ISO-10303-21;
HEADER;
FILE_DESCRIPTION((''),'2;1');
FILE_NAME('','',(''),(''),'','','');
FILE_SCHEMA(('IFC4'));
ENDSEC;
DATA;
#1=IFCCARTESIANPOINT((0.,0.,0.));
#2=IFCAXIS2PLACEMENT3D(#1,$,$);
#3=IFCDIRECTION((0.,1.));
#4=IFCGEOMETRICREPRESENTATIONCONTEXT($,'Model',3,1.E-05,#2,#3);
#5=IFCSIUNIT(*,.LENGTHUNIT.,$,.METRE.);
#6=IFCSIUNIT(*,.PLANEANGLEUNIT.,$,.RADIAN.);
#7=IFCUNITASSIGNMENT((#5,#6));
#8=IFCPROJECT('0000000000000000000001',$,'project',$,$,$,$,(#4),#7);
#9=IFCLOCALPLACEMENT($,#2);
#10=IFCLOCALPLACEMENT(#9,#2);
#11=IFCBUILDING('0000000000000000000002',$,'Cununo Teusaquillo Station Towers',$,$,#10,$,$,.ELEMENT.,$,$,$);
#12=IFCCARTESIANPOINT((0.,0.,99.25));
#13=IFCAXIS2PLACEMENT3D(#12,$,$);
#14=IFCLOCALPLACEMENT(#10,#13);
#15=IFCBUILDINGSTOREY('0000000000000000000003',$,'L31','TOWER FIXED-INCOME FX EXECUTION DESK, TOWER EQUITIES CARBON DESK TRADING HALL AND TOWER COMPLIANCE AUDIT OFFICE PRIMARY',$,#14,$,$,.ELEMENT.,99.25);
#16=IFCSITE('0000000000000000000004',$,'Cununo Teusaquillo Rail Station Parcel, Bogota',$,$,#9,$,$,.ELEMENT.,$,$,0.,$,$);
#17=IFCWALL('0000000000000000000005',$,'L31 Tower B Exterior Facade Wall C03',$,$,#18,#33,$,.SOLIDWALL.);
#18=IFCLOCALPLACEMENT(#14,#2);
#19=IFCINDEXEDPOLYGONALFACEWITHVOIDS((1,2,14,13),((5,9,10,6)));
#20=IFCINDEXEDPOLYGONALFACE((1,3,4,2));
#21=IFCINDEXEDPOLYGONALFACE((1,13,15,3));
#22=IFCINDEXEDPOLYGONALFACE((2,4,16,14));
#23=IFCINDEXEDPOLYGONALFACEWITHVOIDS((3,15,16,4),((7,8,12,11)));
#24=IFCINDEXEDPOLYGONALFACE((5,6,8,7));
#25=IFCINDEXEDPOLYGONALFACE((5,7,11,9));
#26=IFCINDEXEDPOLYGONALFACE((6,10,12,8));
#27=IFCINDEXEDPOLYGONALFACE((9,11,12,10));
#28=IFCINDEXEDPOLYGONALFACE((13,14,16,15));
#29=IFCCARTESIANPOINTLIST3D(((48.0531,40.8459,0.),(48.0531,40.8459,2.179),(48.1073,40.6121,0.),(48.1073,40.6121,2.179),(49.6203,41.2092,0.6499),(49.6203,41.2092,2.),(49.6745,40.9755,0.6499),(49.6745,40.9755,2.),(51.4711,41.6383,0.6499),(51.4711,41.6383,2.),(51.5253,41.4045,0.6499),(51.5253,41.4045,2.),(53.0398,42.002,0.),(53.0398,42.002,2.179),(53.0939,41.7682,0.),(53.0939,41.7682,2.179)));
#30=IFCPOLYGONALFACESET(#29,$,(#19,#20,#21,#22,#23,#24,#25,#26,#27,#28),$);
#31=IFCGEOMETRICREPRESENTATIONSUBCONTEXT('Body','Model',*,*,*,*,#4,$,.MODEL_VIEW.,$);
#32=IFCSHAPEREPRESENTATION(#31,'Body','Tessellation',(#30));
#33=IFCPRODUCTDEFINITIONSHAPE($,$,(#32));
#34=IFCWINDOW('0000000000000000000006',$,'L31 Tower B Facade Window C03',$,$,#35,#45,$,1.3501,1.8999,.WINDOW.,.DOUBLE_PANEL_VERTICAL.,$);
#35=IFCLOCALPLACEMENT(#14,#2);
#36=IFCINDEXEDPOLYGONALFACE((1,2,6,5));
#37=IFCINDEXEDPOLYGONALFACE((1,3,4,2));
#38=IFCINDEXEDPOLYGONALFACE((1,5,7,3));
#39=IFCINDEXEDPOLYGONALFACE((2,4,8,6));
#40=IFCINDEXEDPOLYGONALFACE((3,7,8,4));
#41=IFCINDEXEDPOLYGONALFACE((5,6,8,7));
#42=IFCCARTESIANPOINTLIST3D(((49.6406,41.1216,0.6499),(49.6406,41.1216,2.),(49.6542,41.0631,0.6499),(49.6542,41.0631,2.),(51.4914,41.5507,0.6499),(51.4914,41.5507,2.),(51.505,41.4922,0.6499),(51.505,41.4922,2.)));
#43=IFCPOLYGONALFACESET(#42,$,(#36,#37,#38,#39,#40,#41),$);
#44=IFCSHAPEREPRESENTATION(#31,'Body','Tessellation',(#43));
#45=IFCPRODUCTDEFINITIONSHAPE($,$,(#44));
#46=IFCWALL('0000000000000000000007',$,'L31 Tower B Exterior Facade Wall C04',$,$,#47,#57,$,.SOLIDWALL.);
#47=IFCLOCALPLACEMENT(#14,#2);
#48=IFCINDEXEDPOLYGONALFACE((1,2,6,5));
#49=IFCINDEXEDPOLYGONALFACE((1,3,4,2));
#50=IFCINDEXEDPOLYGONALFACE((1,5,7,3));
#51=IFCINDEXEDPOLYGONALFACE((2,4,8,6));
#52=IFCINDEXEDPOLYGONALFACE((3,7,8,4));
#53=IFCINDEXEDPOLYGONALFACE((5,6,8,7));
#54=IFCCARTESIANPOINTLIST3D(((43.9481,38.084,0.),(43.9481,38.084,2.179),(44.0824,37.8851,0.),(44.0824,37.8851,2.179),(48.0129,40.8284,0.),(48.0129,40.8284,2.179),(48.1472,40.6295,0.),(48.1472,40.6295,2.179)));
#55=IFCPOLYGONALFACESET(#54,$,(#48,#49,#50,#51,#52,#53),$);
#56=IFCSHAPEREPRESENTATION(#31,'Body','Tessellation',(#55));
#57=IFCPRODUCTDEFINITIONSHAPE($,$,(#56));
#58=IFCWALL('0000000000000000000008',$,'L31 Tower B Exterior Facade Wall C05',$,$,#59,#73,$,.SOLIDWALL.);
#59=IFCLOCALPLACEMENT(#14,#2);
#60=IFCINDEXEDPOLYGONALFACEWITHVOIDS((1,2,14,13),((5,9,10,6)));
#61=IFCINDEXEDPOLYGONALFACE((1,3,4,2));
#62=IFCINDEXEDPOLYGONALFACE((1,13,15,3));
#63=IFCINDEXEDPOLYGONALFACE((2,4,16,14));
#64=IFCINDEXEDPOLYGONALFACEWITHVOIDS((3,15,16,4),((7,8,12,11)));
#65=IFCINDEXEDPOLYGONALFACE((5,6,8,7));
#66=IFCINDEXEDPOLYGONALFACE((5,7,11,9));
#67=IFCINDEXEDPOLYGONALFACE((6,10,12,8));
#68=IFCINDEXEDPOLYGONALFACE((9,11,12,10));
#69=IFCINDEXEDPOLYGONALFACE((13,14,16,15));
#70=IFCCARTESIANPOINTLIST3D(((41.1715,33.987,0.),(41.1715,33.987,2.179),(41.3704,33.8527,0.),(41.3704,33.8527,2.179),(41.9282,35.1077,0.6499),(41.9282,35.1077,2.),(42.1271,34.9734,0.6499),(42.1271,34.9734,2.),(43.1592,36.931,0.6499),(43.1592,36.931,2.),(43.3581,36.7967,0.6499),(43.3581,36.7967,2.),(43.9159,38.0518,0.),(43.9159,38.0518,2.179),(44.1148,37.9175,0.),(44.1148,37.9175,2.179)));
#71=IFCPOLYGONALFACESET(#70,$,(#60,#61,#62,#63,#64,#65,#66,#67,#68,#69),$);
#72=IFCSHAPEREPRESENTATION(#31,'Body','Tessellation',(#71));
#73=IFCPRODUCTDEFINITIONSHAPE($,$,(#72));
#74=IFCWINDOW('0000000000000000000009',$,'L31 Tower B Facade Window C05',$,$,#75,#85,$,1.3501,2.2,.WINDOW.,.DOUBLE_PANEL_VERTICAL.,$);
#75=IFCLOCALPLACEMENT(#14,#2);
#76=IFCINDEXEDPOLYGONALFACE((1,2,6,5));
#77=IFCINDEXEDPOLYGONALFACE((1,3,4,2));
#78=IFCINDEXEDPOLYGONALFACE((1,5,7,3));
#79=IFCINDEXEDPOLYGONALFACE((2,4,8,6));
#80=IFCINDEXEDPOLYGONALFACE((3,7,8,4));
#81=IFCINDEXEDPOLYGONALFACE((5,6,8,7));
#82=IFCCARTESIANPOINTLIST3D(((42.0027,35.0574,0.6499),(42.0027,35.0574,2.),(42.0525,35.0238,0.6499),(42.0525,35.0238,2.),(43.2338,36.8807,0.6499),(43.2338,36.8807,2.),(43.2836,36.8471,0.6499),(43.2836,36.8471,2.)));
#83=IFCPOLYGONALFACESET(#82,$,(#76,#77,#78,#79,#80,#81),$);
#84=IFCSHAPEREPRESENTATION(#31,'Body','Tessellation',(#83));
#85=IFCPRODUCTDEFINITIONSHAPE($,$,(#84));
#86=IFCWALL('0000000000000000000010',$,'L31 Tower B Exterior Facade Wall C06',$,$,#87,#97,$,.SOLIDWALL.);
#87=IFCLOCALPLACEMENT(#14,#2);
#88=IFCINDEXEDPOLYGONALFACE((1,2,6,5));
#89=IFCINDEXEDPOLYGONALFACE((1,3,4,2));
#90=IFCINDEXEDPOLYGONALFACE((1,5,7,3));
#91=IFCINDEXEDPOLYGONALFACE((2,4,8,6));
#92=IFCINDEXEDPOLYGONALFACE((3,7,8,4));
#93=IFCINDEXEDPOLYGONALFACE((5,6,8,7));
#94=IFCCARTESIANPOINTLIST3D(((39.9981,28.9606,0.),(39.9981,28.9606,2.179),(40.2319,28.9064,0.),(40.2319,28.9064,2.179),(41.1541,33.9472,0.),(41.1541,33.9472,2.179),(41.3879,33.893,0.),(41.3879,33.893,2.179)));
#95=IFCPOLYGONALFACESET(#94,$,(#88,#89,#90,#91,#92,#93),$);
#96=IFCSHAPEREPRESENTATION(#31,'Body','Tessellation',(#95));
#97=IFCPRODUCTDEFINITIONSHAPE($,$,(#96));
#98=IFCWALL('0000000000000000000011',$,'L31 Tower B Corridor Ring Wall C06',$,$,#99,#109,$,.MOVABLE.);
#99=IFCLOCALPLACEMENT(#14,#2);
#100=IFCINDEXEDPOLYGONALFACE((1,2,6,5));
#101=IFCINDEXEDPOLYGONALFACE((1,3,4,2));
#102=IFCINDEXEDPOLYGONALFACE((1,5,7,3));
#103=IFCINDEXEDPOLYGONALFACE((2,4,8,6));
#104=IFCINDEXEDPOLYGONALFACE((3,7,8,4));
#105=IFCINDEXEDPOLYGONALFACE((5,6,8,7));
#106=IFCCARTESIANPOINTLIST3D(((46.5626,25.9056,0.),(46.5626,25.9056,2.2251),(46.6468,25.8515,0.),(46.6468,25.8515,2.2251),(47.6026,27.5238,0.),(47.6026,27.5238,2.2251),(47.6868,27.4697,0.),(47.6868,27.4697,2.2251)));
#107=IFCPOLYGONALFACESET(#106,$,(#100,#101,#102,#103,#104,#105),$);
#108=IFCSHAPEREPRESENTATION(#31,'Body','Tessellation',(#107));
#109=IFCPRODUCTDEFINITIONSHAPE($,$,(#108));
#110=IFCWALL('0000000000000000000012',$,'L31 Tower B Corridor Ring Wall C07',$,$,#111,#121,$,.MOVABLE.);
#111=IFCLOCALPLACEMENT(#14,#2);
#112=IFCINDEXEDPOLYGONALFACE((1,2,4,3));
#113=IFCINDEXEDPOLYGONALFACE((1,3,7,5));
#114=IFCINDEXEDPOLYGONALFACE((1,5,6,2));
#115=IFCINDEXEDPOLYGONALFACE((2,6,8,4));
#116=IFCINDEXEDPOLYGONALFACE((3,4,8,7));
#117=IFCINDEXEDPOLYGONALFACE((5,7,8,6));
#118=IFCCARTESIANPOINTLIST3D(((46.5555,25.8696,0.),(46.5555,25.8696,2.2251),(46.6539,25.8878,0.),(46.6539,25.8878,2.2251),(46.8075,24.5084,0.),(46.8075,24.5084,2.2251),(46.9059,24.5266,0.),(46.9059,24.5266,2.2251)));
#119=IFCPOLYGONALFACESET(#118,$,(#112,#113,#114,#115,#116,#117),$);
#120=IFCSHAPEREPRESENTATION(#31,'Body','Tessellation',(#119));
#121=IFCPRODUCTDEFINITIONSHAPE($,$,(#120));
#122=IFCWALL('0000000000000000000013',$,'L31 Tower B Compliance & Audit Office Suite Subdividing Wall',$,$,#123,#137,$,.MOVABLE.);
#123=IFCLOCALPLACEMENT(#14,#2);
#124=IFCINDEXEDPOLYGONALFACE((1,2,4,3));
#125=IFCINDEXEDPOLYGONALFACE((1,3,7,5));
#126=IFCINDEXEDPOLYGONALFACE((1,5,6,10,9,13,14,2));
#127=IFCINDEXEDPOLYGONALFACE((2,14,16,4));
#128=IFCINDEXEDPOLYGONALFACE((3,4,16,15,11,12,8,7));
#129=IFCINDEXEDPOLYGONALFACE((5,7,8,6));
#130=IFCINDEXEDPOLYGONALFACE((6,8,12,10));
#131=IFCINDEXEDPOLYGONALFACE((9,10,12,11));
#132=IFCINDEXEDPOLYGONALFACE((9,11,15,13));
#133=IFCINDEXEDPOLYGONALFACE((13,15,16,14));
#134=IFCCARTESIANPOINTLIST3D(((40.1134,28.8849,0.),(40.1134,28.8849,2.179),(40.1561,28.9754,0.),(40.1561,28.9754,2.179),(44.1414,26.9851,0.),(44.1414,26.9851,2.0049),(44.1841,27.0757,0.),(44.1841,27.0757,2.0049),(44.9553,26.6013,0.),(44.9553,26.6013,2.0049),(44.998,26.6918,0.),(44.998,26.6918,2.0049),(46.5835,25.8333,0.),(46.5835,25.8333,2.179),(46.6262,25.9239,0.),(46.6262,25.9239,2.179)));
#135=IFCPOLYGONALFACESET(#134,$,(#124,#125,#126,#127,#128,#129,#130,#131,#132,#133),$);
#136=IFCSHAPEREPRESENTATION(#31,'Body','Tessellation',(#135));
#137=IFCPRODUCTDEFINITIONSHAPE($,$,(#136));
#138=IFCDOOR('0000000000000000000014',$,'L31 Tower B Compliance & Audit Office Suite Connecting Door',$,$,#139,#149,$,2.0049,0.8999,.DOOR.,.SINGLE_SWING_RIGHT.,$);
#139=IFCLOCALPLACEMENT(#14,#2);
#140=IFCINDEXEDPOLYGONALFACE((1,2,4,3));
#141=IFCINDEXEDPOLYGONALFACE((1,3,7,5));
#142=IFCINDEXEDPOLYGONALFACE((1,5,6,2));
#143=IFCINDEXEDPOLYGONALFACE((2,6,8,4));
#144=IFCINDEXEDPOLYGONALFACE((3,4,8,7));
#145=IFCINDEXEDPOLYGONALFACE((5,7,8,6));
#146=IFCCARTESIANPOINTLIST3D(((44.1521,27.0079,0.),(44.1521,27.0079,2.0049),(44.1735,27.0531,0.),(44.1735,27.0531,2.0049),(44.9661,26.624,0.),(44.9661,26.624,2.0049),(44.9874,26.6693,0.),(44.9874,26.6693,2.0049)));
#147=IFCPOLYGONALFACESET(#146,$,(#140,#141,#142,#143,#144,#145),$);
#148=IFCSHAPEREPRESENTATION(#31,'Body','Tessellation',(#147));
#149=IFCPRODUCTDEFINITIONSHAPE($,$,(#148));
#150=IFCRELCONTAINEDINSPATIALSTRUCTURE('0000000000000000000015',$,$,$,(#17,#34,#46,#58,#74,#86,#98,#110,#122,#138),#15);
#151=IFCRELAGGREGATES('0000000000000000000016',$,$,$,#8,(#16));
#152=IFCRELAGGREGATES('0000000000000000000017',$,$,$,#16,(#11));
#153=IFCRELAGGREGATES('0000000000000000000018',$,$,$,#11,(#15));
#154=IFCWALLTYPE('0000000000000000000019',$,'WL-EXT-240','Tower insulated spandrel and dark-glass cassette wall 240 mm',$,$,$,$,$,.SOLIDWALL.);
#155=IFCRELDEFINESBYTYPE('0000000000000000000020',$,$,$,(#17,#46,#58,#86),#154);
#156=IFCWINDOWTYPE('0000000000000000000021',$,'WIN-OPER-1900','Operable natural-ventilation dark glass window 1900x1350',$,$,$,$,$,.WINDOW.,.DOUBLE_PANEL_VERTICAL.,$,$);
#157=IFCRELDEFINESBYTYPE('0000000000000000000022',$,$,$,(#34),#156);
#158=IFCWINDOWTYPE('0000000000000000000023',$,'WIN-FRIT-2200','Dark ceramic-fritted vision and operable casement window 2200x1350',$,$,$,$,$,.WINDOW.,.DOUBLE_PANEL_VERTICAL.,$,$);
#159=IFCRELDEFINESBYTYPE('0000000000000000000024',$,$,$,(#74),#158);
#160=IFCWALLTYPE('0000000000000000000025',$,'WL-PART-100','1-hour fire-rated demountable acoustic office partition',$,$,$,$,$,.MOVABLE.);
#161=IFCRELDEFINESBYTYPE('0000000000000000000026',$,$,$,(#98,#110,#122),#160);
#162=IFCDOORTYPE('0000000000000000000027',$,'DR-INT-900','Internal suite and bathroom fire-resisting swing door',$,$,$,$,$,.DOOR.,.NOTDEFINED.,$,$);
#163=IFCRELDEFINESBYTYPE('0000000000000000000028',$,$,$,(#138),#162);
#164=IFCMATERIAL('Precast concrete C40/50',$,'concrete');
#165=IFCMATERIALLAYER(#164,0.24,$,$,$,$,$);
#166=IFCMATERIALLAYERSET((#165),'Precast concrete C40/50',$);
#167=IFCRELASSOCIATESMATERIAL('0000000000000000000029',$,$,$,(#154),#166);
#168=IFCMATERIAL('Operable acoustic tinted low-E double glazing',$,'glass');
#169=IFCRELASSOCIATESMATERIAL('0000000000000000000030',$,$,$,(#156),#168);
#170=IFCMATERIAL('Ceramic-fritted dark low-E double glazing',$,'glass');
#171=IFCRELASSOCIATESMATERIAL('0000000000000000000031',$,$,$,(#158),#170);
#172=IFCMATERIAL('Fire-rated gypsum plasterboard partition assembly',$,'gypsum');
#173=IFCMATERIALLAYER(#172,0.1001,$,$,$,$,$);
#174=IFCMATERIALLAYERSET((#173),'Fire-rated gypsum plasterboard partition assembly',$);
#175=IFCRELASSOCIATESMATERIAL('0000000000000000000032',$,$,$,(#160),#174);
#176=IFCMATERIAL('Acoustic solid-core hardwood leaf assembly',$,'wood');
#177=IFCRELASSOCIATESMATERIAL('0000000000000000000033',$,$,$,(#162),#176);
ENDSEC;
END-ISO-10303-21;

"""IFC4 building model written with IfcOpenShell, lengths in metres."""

from ifc_helpers import new_model, si_unit, direction, frame, frame_2d, origin, place, context, subcontext, project, spatial, rectangle, extrude, source, transform, mapped, material, layer, layer_set, type_object, element, fill, save


model = new_model("IFC4")

# Units and contexts
model_context = context("Model", 3, precision=1e-05, world=origin(), true_north=direction((0.0, 1.0)))
body_context = subcontext(model_context, "Body", "Model", "MODEL_VIEW")
ifc_project = project(units=[si_unit("LENGTHUNIT", "METRE"), si_unit("PLANEANGLEUNIT", "RADIAN")], contexts=[model_context])

# Site, building, storey
site_placement = place(None, origin())
site = spatial("IfcSite", under=ifc_project, at=site_placement, Name="Cununo Teusaquillo Rail Station Parcel, Bogota", CompositionType="ELEMENT", RefElevation=0.0)
building_placement = place(site_placement, origin())
building = spatial("IfcBuilding", under=site, at=building_placement, Name="Cununo Teusaquillo Station Towers", CompositionType="ELEMENT")
storey_placement = place(building_placement, frame((0.0, 0.0, 99.25)))
storey = spatial("IfcBuildingStorey", under=building, at=storey_placement, Name="L31", Description="TOWER FIXED-INCOME FX EXECUTION DESK, TOWER EQUITIES CARBON DESK TRADING HALL AND TOWER COMPLIANCE AUDIT OFFICE PRIMARY", CompositionType="ELEMENT", Elevation=99.25)

# Wall, opening, window
ifc_material_1 = material(Name="Precast concrete C40/50", Category="concrete")
ifc_layer_1 = layer(ifc_material_1, 0.24)
ifc_layer_set_1 = layer_set([ifc_layer_1], Name="Precast concrete C40/50")
wall_type_1 = type_object("IfcWallType", Name="WL-EXT-240", Description="Tower insulated spandrel and dark-glass cassette wall 240 mm", PredefinedType="SOLIDWALL", material=ifc_layer_set_1)
wall_1_placement = place(storey_placement, frame((48.0801, 40.729, 0.0), z_axis=(0.0, 0.0, 1.0), x_axis=(0.974166, 0.225835, 0.0)))
wall_1 = element("IfcWall", 1, at=wall_1_placement, inside=storey, type_object=wall_type_1, Name="L31 Tower B Exterior Facade Wall C03", PredefinedType="SOLIDWALL", context=body_context, shape_type="SweptSolid", body=[
    extrude(rectangle(XDim=5.1189, YDim=0.24, at=frame_2d((2.5596, 0.0))), origin(), (0.0, 0.0, 1.0), 2.179),
])
shared_shape_1 = source(origin(), body_context, "Body", "SweptSolid", [
    extrude(rectangle(XDim=1.8999, YDim=1.3501, at=frame_2d((0.95, 0.675))), frame((0.0, 0.1299, 0.0), z_axis=(0.0, -1.0, 0.0), x_axis=(1.0, 0.0, 0.0)), (0.0, 0.0, 1.0), 0.26),
])
opening_1_placement = place(wall_1_placement, frame((1.6089, 0.0, 0.6499)))
opening_1 = element("IfcOpeningElement", 2, at=opening_1_placement, cuts=wall_1, PredefinedType="OPENING", context=body_context, shape_type="MappedRepresentation", body=[
    mapped(shared_shape_1, transform((0.0, 0.0, 0.0), x_axis=(1.0, 0.0, 0.0), y_axis=(0.0, 1.0, 0.0), z_axis=(0.0, 0.0, 1.0), scale=1.0)),
])
ifc_material_2 = material(Name="Operable acoustic tinted low-E double glazing", Category="glass")
window_type_1 = type_object("IfcWindowType", Name="WIN-OPER-1900", Description="Operable natural-ventilation dark glass window 1900x1350", PartitioningType="DOUBLE_PANEL_VERTICAL", PredefinedType="WINDOW", material=ifc_material_2)
shared_shape_2 = source(origin(), body_context, "Body", "SweptSolid", [
    extrude(rectangle(XDim=1.8999, YDim=1.3501, at=frame_2d((0.95, 0.675))), frame((0.0, 0.03, 0.0), z_axis=(0.0, -1.0, 0.0), x_axis=(1.0, 0.0, 0.0)), (0.0, 0.0, 1.0), 0.0601),
])
window_1_placement = place(opening_1_placement, origin())
window_1 = element("IfcWindow", 3, at=window_1_placement, inside=storey, type_object=window_type_1, Name="L31 Tower B Facade Window C03", OverallHeight=1.3501, OverallWidth=1.8999, PartitioningType="DOUBLE_PANEL_VERTICAL", PredefinedType="WINDOW", context=body_context, shape_type="MappedRepresentation", body=[
    mapped(shared_shape_2, transform((0.0, 0.0, 0.0), x_axis=(1.0, 0.0, 0.0), y_axis=(0.0, 1.0, 0.0), z_axis=(0.0, 0.0, 1.0), scale=1.0)),
])
fill(opening_1, window_1)

# Wall
wall_2_placement = place(storey_placement, frame((44.0154, 37.9846, 0.0), z_axis=(0.0, 0.0, 1.0), x_axis=(0.828781, 0.559573, 0.0)))
element("IfcWall", 4, at=wall_2_placement, inside=storey, type_object=wall_type_1, Name="L31 Tower B Exterior Facade Wall C04", PredefinedType="SOLIDWALL", context=body_context, shape_type="SweptSolid", body=[
    extrude(rectangle(XDim=4.9045, YDim=0.24, at=frame_2d((2.4521, 0.0))), origin(), (0.0, 0.0, 1.0), 2.179),
])

# Wall, opening, window
wall_3_placement = place(storey_placement, frame((41.271, 33.9199, 0.0), z_axis=(0.0, 0.0, 1.0), x_axis=(0.559573, 0.828781, 0.0)))
wall_3 = element("IfcWall", 5, at=wall_3_placement, inside=storey, type_object=wall_type_1, Name="L31 Tower B Exterior Facade Wall C05", PredefinedType="SOLIDWALL", context=body_context, shape_type="SweptSolid", body=[
    extrude(rectangle(XDim=4.9045, YDim=0.24, at=frame_2d((2.4521, 0.0))), origin(), (0.0, 0.0, 1.0), 2.179),
])
shared_shape_3 = source(origin(), body_context, "Body", "SweptSolid", [
    extrude(rectangle(XDim=2.2, YDim=1.3501, at=frame_2d((1.1001, 0.675))), frame((0.0, 0.1299, 0.0), z_axis=(0.0, -1.0, 0.0), x_axis=(1.0, 0.0, 0.0)), (0.0, 0.0, 1.0), 0.26),
])
opening_2_placement = place(wall_3_placement, frame((1.3521, 0.0, 0.6499)))
opening_2 = element("IfcOpeningElement", 6, at=opening_2_placement, cuts=wall_3, PredefinedType="OPENING", context=body_context, shape_type="MappedRepresentation", body=[
    mapped(shared_shape_3, transform((0.0, 0.0, 0.0), x_axis=(1.0, 0.0, 0.0), y_axis=(0.0, 1.0, 0.0), z_axis=(0.0, 0.0, 1.0), scale=1.0)),
])
ifc_material_3 = material(Name="Ceramic-fritted dark low-E double glazing", Category="glass")
window_type_2 = type_object("IfcWindowType", Name="WIN-FRIT-2200", Description="Dark ceramic-fritted vision and operable casement window 2200x1350", PartitioningType="DOUBLE_PANEL_VERTICAL", PredefinedType="WINDOW", material=ifc_material_3)
shared_shape_4 = source(origin(), body_context, "Body", "SweptSolid", [
    extrude(rectangle(XDim=2.2, YDim=1.3501, at=frame_2d((1.1001, 0.675))), frame((0.0, 0.03, 0.0), z_axis=(0.0, -1.0, 0.0), x_axis=(1.0, 0.0, 0.0)), (0.0, 0.0, 1.0), 0.0601),
])
window_2_placement = place(opening_2_placement, origin())
window_2 = element("IfcWindow", 7, at=window_2_placement, inside=storey, type_object=window_type_2, Name="L31 Tower B Facade Window C05", OverallHeight=1.3501, OverallWidth=2.2, PartitioningType="DOUBLE_PANEL_VERTICAL", PredefinedType="WINDOW", context=body_context, shape_type="MappedRepresentation", body=[
    mapped(shared_shape_4, transform((0.0, 0.0, 0.0), x_axis=(1.0, 0.0, 0.0), y_axis=(0.0, 1.0, 0.0), z_axis=(0.0, 0.0, 1.0), scale=1.0)),
])
fill(opening_2, window_2)

# Walls
wall_4_placement = place(storey_placement, frame((40.115, 28.9333, 0.0), z_axis=(0.0, 0.0, 1.0), x_axis=(0.225835, 0.974166, 0.0)))
element("IfcWall", 8, at=wall_4_placement, inside=storey, type_object=wall_type_1, Name="L31 Tower B Exterior Facade Wall C06", PredefinedType="SOLIDWALL", context=body_context, shape_type="SweptSolid", body=[
    extrude(rectangle(XDim=5.1189, YDim=0.24, at=frame_2d((2.5596, 0.0))), origin(), (0.0, 0.0, 1.0), 2.179),
])
ifc_material_4 = material(Name="Fire-rated gypsum plasterboard partition assembly", Category="gypsum")
ifc_layer_2 = layer(ifc_material_4, 0.1001)
ifc_layer_set_2 = layer_set([ifc_layer_2], Name="Fire-rated gypsum plasterboard partition assembly")
wall_type_2 = type_object("IfcWallType", Name="WL-PART-100", Description="1-hour fire-rated demountable acoustic office partition", PredefinedType="MOVABLE", material=ifc_layer_set_2)
wall_5_placement = place(storey_placement, frame((47.6448, 27.4968, 0.0), z_axis=(0.0, 0.0, 1.0), x_axis=(-0.540681, -0.841228, 0.0)))
element("IfcWall", 9, at=wall_5_placement, inside=storey, type_object=wall_type_2, Name="L31 Tower B Corridor Ring Wall C06", PredefinedType="MOVABLE", context=body_context, shape_type="SweptSolid", body=[
    extrude(rectangle(XDim=1.9236, YDim=0.1001, at=frame_2d((0.9619, 0.0))), origin(), (0.0, 0.0, 1.0), 2.2251),
])
wall_6_placement = place(storey_placement, frame((46.6047, 25.8787, 0.0), z_axis=(0.0, 0.0, 1.0), x_axis=(0.18202, -0.983295, 0.0)))
element("IfcWall", 10, at=wall_6_placement, inside=storey, type_object=wall_type_2, Name="L31 Tower B Corridor Ring Wall C07", PredefinedType="MOVABLE", context=body_context, shape_type="SweptSolid", body=[
    extrude(rectangle(XDim=1.3843, YDim=0.1001, at=frame_2d((0.6921, 0.0))), origin(), (0.0, 0.0, 1.0), 2.2251),
])

# Wall, opening, door
wall_7_placement = place(storey_placement, frame((46.6047, 25.8787, 0.0), z_axis=(0.0, 0.0, 1.0), x_axis=(-0.904451, 0.426578, 0.0)))
wall_7 = element("IfcWall", 11, at=wall_7_placement, inside=storey, type_object=wall_type_2, Name="L31 Tower B Compliance & Audit Office Suite Subdividing Wall", PredefinedType="MOVABLE", context=body_context, shape_type="SweptSolid", body=[
    extrude(rectangle(XDim=7.1536, YDim=0.1001, at=frame_2d((3.5767, 0.0))), origin(), (0.0, 0.0, 1.0), 2.179),
])
shared_shape_5 = source(origin(), body_context, "Body", "SweptSolid", [
    extrude(rectangle(XDim=0.8999, YDim=2.0049, at=frame_2d((0.45, 1.0024))), frame((0.0, 0.0601, 0.0), z_axis=(0.0, -1.0, 0.0), x_axis=(1.0, 0.0, 0.0)), (0.0, 0.0, 1.0), 0.1201),
])
opening_3_placement = place(wall_7_placement, frame((1.8, 0.0, 0.0)))
opening_3 = element("IfcOpeningElement", 12, at=opening_3_placement, cuts=wall_7, PredefinedType="OPENING", context=body_context, shape_type="MappedRepresentation", body=[
    mapped(shared_shape_5, transform((0.0, 0.0, 0.0), x_axis=(1.0, 0.0, 0.0), y_axis=(0.0, 1.0, 0.0), z_axis=(0.0, 0.0, 1.0), scale=1.0)),
])
ifc_material_5 = material(Name="Acoustic solid-core hardwood leaf assembly", Category="wood")
door_type = type_object("IfcDoorType", Name="DR-INT-900", Description="Internal suite and bathroom fire-resisting swing door", OperationType="NOTDEFINED", PredefinedType="DOOR", material=ifc_material_5)
shared_shape_6 = source(origin(), body_context, "Body", "SweptSolid", [
    extrude(rectangle(XDim=0.8999, YDim=2.0049, at=frame_2d((0.45, 1.0024))), frame((0.0, 0.0249, 0.0), z_axis=(0.0, -1.0, 0.0), x_axis=(1.0, 0.0, 0.0)), (0.0, 0.0, 1.0), 0.05),
])
door_placement = place(opening_3_placement, origin())
door = element("IfcDoor", 13, at=door_placement, inside=storey, type_object=door_type, Name="L31 Tower B Compliance & Audit Office Suite Connecting Door", OperationType="SINGLE_SWING_RIGHT", OverallHeight=2.0049, OverallWidth=0.8999, PredefinedType="DOOR", context=body_context, shape_type="MappedRepresentation", body=[
    mapped(shared_shape_6, transform((0.0, 0.0, 0.0), x_axis=(1.0, 0.0, 0.0), y_axis=(0.0, 1.0, 0.0), z_axis=(0.0, 0.0, 1.0), scale=1.0)),
])
fill(opening_3, door)

save(model, "model.ifc")
